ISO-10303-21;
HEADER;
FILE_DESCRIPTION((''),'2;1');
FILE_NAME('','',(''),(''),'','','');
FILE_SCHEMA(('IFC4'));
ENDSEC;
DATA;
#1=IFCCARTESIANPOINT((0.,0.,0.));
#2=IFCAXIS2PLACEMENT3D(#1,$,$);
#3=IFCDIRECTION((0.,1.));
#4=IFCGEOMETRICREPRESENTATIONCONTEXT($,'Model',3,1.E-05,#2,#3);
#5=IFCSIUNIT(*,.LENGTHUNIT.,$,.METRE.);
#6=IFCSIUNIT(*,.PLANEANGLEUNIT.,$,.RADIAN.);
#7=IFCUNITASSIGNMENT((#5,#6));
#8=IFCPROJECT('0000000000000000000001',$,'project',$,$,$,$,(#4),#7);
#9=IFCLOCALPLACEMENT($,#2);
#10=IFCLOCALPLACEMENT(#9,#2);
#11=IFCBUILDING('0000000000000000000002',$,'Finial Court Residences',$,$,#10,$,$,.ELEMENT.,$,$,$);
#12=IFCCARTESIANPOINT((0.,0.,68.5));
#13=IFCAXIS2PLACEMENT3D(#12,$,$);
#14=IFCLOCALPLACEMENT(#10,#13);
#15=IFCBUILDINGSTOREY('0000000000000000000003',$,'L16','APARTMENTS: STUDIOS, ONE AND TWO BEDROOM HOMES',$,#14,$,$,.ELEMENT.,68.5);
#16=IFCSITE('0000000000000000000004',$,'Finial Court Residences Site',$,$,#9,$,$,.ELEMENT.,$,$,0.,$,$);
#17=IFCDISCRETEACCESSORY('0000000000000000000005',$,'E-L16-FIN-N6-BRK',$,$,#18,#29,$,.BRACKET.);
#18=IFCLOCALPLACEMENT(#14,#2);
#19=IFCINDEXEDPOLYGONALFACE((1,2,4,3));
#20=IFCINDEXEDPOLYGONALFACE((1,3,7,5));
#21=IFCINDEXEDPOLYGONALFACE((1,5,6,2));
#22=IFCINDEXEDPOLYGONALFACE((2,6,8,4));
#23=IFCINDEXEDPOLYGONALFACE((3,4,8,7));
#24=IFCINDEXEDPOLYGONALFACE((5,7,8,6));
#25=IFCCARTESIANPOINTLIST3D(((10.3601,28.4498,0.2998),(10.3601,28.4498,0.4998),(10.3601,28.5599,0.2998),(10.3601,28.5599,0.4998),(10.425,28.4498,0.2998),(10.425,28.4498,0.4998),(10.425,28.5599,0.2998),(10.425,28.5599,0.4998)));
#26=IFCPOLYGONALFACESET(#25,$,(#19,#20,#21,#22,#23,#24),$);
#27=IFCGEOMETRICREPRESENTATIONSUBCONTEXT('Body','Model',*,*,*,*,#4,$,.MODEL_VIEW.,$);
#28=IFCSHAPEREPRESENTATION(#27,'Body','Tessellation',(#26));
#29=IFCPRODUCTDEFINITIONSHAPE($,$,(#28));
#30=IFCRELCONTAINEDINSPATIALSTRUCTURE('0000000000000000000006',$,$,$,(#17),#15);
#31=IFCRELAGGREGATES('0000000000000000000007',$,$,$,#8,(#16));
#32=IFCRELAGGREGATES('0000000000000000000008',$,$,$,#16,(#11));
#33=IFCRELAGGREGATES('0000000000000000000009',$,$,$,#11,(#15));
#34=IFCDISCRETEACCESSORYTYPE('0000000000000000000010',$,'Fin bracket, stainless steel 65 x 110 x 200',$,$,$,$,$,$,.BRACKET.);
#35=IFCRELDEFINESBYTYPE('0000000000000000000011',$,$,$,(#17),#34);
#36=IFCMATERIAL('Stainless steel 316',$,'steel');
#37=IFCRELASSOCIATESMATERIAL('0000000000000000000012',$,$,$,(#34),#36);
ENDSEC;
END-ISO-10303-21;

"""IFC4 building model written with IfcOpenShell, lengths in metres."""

from ifc_helpers import new_model, si_unit, direction, frame, origin, origin_2d, place, context, subcontext, project, spatial, rectangle, extrude, material, type_object, element, save


model = new_model("IFC4")

# Units and contexts
model_context = context("Model", 3, precision=1e-05, world=origin(), true_north=direction((0.0, 1.0)))
body_context = subcontext(model_context, "Body", "Model", "MODEL_VIEW")
ifc_project = project(units=[si_unit("LENGTHUNIT", "METRE"), si_unit("PLANEANGLEUNIT", "RADIAN")], contexts=[model_context])

# Site, building, storey
site_placement = place(None, origin())
site = spatial("IfcSite", under=ifc_project, at=site_placement, Name="Finial Court Residences Site", CompositionType="ELEMENT", RefElevation=0.0)
building_placement = place(site_placement, origin())
building = spatial("IfcBuilding", under=site, at=building_placement, Name="Finial Court Residences", CompositionType="ELEMENT")
storey_placement = place(building_placement, frame((0.0, 0.0, 68.5)))
storey = spatial("IfcBuildingStorey", under=building, at=storey_placement, Name="L16", Description="APARTMENTS: STUDIOS, ONE AND TWO BEDROOM HOMES", CompositionType="ELEMENT", Elevation=68.5)

# Discrete accessory
ifc_material_1 = material(Name="Stainless steel 316", Category="steel")
discrete_accessory_type = type_object("IfcDiscreteAccessoryType", Name="Fin bracket, stainless steel 65 x 110 x 200", PredefinedType="BRACKET", material=ifc_material_1)
discrete_accessory_placement = place(storey_placement, frame((10.3926, 28.5049, 0.2998), z_axis=(0.0, 0.0, 1.0), x_axis=(1.0, 0.0, 0.0)))
element("IfcDiscreteAccessory", 1, at=discrete_accessory_placement, inside=storey, type_object=discrete_accessory_type, Name="E-L16-FIN-N6-BRK", PredefinedType="BRACKET", context=body_context, shape_type="SweptSolid", body=[
    extrude(rectangle(XDim=0.0649, YDim=0.1101, at=origin_2d()), origin(), (0.0, 0.0, 1.0), 0.2),
])

save(model, "model.ifc")
